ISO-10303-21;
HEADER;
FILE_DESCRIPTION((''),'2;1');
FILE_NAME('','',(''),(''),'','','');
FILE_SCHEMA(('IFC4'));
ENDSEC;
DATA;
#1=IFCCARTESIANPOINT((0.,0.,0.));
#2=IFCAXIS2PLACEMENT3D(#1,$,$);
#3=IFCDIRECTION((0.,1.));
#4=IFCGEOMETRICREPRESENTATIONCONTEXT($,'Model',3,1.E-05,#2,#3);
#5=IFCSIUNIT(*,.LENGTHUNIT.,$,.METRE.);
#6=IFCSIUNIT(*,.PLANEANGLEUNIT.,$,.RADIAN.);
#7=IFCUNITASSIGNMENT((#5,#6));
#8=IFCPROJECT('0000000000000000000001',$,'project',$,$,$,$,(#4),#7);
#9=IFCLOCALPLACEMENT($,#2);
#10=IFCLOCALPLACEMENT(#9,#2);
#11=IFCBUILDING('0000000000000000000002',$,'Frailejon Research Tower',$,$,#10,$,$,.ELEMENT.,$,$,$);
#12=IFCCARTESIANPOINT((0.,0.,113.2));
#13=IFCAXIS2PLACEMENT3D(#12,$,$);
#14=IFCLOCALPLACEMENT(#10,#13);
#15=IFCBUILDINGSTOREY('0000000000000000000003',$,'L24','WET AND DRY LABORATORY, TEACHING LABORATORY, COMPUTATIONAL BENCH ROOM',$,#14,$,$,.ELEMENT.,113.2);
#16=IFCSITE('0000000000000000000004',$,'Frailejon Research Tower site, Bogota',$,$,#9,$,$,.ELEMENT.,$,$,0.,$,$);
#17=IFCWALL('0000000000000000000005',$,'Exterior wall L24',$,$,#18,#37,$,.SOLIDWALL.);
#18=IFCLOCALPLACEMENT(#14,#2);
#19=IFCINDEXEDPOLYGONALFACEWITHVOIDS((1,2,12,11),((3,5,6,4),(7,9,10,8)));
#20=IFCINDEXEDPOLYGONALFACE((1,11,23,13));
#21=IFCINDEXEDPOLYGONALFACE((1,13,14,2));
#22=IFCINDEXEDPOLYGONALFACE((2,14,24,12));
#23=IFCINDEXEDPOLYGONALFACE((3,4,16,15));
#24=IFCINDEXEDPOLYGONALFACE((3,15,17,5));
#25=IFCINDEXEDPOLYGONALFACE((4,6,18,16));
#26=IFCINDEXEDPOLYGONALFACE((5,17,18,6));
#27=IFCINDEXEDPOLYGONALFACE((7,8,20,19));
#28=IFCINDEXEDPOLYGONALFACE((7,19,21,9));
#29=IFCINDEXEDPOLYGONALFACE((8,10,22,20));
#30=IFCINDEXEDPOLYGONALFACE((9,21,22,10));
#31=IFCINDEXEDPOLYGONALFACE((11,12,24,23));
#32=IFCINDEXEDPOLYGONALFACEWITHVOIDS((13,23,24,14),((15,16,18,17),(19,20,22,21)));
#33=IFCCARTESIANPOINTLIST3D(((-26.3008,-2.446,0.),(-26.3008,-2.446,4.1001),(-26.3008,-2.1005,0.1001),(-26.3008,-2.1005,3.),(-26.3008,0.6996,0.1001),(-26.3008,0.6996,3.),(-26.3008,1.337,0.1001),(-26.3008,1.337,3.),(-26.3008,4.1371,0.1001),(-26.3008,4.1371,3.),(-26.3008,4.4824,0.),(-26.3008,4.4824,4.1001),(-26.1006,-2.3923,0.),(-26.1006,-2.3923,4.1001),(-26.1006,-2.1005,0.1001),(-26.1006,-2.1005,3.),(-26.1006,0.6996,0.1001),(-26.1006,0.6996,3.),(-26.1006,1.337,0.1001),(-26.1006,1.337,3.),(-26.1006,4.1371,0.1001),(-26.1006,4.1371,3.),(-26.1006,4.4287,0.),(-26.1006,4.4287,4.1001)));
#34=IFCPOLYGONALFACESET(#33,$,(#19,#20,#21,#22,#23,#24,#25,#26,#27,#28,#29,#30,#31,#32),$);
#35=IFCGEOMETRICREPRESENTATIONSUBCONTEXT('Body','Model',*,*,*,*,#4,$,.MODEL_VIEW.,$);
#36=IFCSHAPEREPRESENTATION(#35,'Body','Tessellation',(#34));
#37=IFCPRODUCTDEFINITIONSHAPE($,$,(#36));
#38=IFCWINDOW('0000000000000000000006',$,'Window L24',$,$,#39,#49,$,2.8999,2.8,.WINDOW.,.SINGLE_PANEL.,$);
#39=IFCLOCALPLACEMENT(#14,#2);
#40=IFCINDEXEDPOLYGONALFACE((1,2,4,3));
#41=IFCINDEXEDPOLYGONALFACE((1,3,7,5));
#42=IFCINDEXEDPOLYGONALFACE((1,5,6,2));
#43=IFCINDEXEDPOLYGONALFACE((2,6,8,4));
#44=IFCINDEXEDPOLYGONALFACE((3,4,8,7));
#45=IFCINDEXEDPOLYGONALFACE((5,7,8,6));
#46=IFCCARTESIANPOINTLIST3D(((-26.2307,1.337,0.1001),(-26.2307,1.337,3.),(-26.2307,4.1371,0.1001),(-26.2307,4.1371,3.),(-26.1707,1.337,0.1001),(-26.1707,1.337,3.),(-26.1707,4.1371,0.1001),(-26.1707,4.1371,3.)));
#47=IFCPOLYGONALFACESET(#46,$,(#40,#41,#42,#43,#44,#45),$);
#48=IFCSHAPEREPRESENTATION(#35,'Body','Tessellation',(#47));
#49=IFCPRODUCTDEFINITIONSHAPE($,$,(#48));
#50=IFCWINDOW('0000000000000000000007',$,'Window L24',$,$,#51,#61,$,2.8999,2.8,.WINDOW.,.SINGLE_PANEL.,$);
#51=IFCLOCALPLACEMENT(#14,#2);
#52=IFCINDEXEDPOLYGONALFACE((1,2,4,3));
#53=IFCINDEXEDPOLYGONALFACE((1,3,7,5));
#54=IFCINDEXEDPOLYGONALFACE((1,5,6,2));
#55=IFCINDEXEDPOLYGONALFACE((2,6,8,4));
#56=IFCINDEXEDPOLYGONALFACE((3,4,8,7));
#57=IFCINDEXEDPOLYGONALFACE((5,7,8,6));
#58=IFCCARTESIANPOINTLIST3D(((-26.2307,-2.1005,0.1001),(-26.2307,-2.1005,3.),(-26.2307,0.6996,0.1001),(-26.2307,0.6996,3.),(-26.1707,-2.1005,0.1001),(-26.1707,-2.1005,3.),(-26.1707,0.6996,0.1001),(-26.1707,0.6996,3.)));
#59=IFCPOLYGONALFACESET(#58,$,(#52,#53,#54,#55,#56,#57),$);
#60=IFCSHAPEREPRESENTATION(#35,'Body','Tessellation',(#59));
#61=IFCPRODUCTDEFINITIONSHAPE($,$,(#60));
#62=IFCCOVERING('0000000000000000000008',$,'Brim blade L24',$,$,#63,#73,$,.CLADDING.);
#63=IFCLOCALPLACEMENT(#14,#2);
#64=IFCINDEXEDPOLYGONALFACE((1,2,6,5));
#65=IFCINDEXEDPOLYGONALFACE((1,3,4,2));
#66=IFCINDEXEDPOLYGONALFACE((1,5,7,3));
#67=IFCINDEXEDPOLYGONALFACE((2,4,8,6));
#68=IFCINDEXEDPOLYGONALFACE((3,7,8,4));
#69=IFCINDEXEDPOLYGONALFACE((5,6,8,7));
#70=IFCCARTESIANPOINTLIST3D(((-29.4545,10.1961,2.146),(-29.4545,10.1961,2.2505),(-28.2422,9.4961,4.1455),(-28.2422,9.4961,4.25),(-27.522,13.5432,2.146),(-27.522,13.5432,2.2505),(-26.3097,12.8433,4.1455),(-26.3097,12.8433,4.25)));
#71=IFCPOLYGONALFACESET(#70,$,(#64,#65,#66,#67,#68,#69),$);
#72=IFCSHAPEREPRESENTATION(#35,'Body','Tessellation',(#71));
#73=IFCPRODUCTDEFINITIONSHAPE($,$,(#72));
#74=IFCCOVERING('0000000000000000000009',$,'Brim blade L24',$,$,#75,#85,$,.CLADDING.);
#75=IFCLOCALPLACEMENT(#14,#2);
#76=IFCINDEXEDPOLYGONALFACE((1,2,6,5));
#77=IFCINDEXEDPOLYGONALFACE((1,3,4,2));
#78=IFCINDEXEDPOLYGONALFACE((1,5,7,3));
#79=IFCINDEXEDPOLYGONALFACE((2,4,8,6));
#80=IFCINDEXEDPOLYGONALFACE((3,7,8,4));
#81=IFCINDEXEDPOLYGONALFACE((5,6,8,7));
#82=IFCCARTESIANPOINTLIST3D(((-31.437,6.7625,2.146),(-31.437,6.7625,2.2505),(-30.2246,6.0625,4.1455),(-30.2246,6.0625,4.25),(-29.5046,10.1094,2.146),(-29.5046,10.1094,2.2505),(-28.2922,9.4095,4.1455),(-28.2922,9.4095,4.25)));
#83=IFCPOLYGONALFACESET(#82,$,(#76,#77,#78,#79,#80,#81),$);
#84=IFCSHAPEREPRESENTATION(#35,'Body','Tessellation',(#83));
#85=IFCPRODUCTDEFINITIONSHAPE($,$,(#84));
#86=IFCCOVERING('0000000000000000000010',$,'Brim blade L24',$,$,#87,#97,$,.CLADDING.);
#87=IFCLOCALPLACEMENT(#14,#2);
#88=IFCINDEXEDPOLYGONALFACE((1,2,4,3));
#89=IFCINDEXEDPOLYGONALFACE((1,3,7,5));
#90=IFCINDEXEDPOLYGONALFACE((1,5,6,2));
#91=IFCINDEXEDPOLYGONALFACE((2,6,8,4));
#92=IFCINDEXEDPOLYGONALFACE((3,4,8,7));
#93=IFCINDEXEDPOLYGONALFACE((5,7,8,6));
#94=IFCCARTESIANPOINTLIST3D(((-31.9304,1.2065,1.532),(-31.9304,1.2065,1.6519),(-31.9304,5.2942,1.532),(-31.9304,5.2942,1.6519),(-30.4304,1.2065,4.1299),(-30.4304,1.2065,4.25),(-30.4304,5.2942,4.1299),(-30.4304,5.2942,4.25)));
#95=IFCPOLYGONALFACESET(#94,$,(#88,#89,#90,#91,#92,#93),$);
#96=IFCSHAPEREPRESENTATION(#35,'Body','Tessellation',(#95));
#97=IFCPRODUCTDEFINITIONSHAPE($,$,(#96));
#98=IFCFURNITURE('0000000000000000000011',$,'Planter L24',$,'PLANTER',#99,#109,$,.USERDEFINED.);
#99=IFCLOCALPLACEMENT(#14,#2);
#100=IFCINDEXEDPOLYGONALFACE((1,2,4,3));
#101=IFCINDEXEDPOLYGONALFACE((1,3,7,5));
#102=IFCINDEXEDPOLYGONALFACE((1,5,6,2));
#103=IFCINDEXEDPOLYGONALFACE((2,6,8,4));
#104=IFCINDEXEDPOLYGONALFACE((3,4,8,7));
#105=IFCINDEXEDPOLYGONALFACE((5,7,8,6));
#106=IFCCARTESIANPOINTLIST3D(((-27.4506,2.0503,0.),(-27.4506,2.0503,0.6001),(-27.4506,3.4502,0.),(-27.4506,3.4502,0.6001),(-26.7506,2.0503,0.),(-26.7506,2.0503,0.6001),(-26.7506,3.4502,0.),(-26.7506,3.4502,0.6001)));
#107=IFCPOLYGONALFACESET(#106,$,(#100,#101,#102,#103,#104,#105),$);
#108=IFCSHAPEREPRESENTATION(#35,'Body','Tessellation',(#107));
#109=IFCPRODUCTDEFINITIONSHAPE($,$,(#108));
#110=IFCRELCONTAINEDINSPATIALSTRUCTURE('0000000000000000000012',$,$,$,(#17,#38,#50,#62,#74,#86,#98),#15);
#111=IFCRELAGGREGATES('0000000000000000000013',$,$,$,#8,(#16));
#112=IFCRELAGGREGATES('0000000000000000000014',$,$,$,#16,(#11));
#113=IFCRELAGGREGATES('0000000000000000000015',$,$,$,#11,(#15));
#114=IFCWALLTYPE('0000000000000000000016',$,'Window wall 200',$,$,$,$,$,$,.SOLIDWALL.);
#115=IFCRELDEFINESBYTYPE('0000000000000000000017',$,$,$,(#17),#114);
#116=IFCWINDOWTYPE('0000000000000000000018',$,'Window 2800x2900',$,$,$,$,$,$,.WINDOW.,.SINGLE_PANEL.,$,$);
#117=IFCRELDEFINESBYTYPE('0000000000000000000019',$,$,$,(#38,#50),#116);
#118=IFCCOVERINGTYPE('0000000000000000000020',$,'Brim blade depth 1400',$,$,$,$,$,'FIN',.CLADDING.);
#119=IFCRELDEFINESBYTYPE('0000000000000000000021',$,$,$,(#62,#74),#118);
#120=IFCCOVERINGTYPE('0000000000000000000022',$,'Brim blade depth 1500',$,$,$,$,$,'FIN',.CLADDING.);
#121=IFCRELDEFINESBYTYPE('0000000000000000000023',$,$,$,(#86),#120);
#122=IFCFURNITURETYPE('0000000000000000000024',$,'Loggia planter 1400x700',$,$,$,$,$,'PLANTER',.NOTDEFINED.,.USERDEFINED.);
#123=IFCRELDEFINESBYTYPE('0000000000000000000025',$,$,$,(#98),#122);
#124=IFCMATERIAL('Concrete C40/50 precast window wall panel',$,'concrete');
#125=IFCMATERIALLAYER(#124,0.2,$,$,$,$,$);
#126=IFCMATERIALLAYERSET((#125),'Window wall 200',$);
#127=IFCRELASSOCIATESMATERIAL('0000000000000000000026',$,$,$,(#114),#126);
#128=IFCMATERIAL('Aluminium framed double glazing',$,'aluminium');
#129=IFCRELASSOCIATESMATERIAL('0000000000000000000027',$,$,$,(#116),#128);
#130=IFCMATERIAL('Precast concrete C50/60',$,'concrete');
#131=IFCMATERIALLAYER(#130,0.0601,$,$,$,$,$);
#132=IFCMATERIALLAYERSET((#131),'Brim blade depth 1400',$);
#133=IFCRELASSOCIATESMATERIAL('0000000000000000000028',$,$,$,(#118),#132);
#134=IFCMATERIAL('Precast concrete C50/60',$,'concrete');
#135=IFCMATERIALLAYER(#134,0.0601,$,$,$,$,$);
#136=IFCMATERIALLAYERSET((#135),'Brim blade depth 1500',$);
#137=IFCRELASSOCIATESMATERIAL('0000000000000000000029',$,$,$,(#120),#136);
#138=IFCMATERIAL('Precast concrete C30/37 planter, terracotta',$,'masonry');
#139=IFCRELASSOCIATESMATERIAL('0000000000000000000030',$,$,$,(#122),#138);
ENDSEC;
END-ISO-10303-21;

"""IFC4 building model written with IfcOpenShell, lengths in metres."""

from ifc_helpers import new_model, si_unit, direction, frame, frame_2d, origin, origin_2d, place, context, subcontext, project, spatial, polyline, rectangle, outline, extrude, material, layer, layer_set, type_object, element, fill, save


model = new_model("IFC4")

# Units and contexts
model_context = context("Model", 3, precision=1e-05, world=origin(), true_north=direction((0.0, 1.0)))
body_context = subcontext(model_context, "Body", "Model", "MODEL_VIEW")
ifc_project = project(units=[si_unit("LENGTHUNIT", "METRE"), si_unit("PLANEANGLEUNIT", "RADIAN")], contexts=[model_context])

# Site, building, storey
site_placement = place(None, origin())
site = spatial("IfcSite", under=ifc_project, at=site_placement, Name="Frailejon Research Tower site, Bogota", CompositionType="ELEMENT", RefElevation=0.0)
building_placement = place(site_placement, origin())
building = spatial("IfcBuilding", under=site, at=building_placement, Name="Frailejon Research Tower", CompositionType="ELEMENT")
storey_placement = place(building_placement, frame((0.0, 0.0, 113.2)))
storey = spatial("IfcBuildingStorey", under=building, at=storey_placement, Name="L24", Description="WET AND DRY LABORATORY, TEACHING LABORATORY, COMPUTATIONAL BENCH ROOM", CompositionType="ELEMENT", Elevation=113.2)

# Wall, openings, windows
ifc_material_1 = material(Name="Concrete C40/50 precast window wall panel", Category="concrete")
ifc_layer_1 = layer(ifc_material_1, 0.2)
ifc_layer_set_1 = layer_set([ifc_layer_1], Name="Window wall 200")
wall_type_1 = type_object("IfcWallType", Name="Window wall 200", PredefinedType="SOLIDWALL", material=ifc_layer_set_1)
wall_1_placement = place(storey_placement, frame((-26.2007, 4.4556, 0.0), z_axis=(0.0, 0.0, 1.0), x_axis=(0.0, -1.0, 0.0)))
wall_1 = element("IfcWall", 1, at=wall_1_placement, inside=storey, type_object=wall_type_1, Name="Exterior wall L24", PredefinedType="SOLIDWALL", context=body_context, shape_type="SweptSolid", body=[
    extrude(outline(polyline([(-0.0269, -0.1001), (1.1279, -0.1001), (2.2827, -0.1001), (3.4375, -0.1001), (4.592, -0.1001), (5.7468, -0.1001), (6.9016, -0.1001), (6.8479, 0.1001), (5.7109, 0.1001), (4.5742, 0.1001), (3.4375, 0.1001), (2.3005, 0.1001), (1.1636, 0.1001), (0.0269, 0.1001), (-0.0269, -0.1001)])), origin(), (0.0, 0.0, 1.0), 4.1001),
])
opening_1_placement = place(wall_1_placement, frame((0.3186, 0.0, 0.1001)))
opening_1 = element("IfcOpeningElement", 2, at=opening_1_placement, cuts=wall_1, PredefinedType="OPENING", context=body_context, shape_type="SweptSolid", body=[
    extrude(rectangle(XDim=2.8, YDim=2.8999, at=frame_2d((1.3999, 1.45))), frame((0.0, 0.1099, 0.0), z_axis=(0.0, -1.0, 0.0), x_axis=(1.0, 0.0, 0.0)), (0.0, 0.0, 1.0), 0.22),
])
opening_2_placement = place(wall_1_placement, frame((3.7561, 0.0, 0.1001)))
opening_2 = element("IfcOpeningElement", 3, at=opening_2_placement, cuts=wall_1, PredefinedType="OPENING", context=body_context, shape_type="SweptSolid", body=[
    extrude(rectangle(XDim=2.8, YDim=2.8999, at=frame_2d((1.3999, 1.45))), frame((0.0, 0.1099, 0.0), z_axis=(0.0, -1.0, 0.0), x_axis=(1.0, 0.0, 0.0)), (0.0, 0.0, 1.0), 0.22),
])
ifc_material_2 = material(Name="Aluminium framed double glazing", Category="aluminium")
window_type = type_object("IfcWindowType", Name="Window 2800x2900", PartitioningType="SINGLE_PANEL", PredefinedType="WINDOW", material=ifc_material_2)
window_1_placement = place(opening_1_placement, origin())
window_1 = element("IfcWindow", 4, at=window_1_placement, inside=storey, type_object=window_type, Name="Window L24", OverallHeight=2.8999, OverallWidth=2.8, PartitioningType="SINGLE_PANEL", PredefinedType="WINDOW", context=body_context, shape_type="SweptSolid", body=[
    extrude(rectangle(XDim=2.8, YDim=2.8999, at=frame_2d((1.3999, 1.45))), frame((0.0, 0.03, 0.0), z_axis=(0.0, -1.0, 0.0), x_axis=(1.0, 0.0, 0.0)), (0.0, 0.0, 1.0), 0.0601),
])
fill(opening_1, window_1)
window_2_placement = place(opening_2_placement, origin())
window_2 = element("IfcWindow", 5, at=window_2_placement, inside=storey, type_object=window_type, Name="Window L24", OverallHeight=2.8999, OverallWidth=2.8, PartitioningType="SINGLE_PANEL", PredefinedType="WINDOW", context=body_context, shape_type="SweptSolid", body=[
    extrude(rectangle(XDim=2.8, YDim=2.8999, at=frame_2d((1.3999, 1.45))), frame((0.0, 0.03, 0.0), z_axis=(0.0, -1.0, 0.0), x_axis=(1.0, 0.0, 0.0)), (0.0, 0.0, 1.0), 0.0601),
])
fill(opening_2, window_2)

# Coverings
ifc_material_3 = material(Name="Precast concrete C50/60", Category="concrete")
ifc_layer_2 = layer(ifc_material_3, 0.0601)
ifc_layer_set_2 = layer_set([ifc_layer_2], Name="Brim blade depth 1400")
covering_type_1 = type_object("IfcCoveringType", Name="Brim blade depth 1400", ElementType="FIN", PredefinedType="CLADDING", material=ifc_layer_set_2)
covering_1_placement = place(storey_placement, frame((-28.2422, 9.4961, 4.25), z_axis=(0.50001, 0.86602, 0.0), x_axis=(-0.86602, 0.50001, 0.0)))
element("IfcCovering", 6, at=covering_1_placement, inside=storey, type_object=covering_type_1, Name="Brim blade L24", PredefinedType="CLADDING", context=body_context, shape_type="SweptSolid", body=[
    extrude(outline(polyline([(0.0, -0.1045), (1.3999, -2.104), (1.3999, -1.9995), (0.0, 0.0), (0.0, -0.1045)])), origin(), (0.0, 0.0, 1.0), 3.865),
])
covering_2_placement = place(storey_placement, frame((-30.2246, 6.0625, 4.25), z_axis=(0.500002, 0.866024, 0.0), x_axis=(-0.866024, 0.500002, 0.0)))
element("IfcCovering", 7, at=covering_2_placement, inside=storey, type_object=covering_type_1, Name="Brim blade L24", PredefinedType="CLADDING", context=body_context, shape_type="SweptSolid", body=[
    extrude(outline(polyline([(0.0, -0.1045), (1.3999, -2.104), (1.3999, -1.9995), (0.0, 0.0), (0.0, -0.1045)])), origin(), (0.0, 0.0, 1.0), 3.8647),
])
ifc_material_4 = material(Name="Precast concrete C50/60", Category="concrete")
ifc_layer_3 = layer(ifc_material_4, 0.0601)
ifc_layer_set_3 = layer_set([ifc_layer_3], Name="Brim blade depth 1500")
covering_type_2 = type_object("IfcCoveringType", Name="Brim blade depth 1500", ElementType="FIN", PredefinedType="CLADDING", material=ifc_layer_set_3)
covering_3_placement = place(storey_placement, frame((-30.4304, 1.2065, 4.25), z_axis=(0.0, 1.0, 0.0), x_axis=(-1.0, 0.0, 0.0)))
element("IfcCovering", 8, at=covering_3_placement, inside=storey, type_object=covering_type_2, Name="Brim blade L24", PredefinedType="CLADDING", context=body_context, shape_type="SweptSolid", body=[
    extrude(outline(polyline([(0.0, -0.1201), (1.5, -2.718), (1.5, -2.5981), (0.0, 0.0), (0.0, -0.1201)])), origin(), (0.0, 0.0, 1.0), 4.0876),
])

# Furniture
ifc_material_5 = material(Name="Precast concrete C30/37 planter, terracotta", Category="masonry")
furniture_type = type_object("IfcFurnitureType", Name="Loggia planter 1400x700", ElementType="PLANTER", AssemblyPlace="NOTDEFINED", PredefinedType="USERDEFINED", material=ifc_material_5)
furniture_placement = place(storey_placement, frame((-27.1006, 2.7502, 0.0), z_axis=(0.0, 0.0, 1.0), x_axis=(0.0, -1.0, 0.0)))
element("IfcFurniture", 9, at=furniture_placement, inside=storey, type_object=furniture_type, Name="Planter L24", ObjectType="PLANTER", PredefinedType="USERDEFINED", context=body_context, shape_type="SweptSolid", body=[
    extrude(rectangle(XDim=1.3999, YDim=0.7, at=origin_2d()), origin(), (0.0, 0.0, 1.0), 0.6001),
])

save(model, "model.ifc")
